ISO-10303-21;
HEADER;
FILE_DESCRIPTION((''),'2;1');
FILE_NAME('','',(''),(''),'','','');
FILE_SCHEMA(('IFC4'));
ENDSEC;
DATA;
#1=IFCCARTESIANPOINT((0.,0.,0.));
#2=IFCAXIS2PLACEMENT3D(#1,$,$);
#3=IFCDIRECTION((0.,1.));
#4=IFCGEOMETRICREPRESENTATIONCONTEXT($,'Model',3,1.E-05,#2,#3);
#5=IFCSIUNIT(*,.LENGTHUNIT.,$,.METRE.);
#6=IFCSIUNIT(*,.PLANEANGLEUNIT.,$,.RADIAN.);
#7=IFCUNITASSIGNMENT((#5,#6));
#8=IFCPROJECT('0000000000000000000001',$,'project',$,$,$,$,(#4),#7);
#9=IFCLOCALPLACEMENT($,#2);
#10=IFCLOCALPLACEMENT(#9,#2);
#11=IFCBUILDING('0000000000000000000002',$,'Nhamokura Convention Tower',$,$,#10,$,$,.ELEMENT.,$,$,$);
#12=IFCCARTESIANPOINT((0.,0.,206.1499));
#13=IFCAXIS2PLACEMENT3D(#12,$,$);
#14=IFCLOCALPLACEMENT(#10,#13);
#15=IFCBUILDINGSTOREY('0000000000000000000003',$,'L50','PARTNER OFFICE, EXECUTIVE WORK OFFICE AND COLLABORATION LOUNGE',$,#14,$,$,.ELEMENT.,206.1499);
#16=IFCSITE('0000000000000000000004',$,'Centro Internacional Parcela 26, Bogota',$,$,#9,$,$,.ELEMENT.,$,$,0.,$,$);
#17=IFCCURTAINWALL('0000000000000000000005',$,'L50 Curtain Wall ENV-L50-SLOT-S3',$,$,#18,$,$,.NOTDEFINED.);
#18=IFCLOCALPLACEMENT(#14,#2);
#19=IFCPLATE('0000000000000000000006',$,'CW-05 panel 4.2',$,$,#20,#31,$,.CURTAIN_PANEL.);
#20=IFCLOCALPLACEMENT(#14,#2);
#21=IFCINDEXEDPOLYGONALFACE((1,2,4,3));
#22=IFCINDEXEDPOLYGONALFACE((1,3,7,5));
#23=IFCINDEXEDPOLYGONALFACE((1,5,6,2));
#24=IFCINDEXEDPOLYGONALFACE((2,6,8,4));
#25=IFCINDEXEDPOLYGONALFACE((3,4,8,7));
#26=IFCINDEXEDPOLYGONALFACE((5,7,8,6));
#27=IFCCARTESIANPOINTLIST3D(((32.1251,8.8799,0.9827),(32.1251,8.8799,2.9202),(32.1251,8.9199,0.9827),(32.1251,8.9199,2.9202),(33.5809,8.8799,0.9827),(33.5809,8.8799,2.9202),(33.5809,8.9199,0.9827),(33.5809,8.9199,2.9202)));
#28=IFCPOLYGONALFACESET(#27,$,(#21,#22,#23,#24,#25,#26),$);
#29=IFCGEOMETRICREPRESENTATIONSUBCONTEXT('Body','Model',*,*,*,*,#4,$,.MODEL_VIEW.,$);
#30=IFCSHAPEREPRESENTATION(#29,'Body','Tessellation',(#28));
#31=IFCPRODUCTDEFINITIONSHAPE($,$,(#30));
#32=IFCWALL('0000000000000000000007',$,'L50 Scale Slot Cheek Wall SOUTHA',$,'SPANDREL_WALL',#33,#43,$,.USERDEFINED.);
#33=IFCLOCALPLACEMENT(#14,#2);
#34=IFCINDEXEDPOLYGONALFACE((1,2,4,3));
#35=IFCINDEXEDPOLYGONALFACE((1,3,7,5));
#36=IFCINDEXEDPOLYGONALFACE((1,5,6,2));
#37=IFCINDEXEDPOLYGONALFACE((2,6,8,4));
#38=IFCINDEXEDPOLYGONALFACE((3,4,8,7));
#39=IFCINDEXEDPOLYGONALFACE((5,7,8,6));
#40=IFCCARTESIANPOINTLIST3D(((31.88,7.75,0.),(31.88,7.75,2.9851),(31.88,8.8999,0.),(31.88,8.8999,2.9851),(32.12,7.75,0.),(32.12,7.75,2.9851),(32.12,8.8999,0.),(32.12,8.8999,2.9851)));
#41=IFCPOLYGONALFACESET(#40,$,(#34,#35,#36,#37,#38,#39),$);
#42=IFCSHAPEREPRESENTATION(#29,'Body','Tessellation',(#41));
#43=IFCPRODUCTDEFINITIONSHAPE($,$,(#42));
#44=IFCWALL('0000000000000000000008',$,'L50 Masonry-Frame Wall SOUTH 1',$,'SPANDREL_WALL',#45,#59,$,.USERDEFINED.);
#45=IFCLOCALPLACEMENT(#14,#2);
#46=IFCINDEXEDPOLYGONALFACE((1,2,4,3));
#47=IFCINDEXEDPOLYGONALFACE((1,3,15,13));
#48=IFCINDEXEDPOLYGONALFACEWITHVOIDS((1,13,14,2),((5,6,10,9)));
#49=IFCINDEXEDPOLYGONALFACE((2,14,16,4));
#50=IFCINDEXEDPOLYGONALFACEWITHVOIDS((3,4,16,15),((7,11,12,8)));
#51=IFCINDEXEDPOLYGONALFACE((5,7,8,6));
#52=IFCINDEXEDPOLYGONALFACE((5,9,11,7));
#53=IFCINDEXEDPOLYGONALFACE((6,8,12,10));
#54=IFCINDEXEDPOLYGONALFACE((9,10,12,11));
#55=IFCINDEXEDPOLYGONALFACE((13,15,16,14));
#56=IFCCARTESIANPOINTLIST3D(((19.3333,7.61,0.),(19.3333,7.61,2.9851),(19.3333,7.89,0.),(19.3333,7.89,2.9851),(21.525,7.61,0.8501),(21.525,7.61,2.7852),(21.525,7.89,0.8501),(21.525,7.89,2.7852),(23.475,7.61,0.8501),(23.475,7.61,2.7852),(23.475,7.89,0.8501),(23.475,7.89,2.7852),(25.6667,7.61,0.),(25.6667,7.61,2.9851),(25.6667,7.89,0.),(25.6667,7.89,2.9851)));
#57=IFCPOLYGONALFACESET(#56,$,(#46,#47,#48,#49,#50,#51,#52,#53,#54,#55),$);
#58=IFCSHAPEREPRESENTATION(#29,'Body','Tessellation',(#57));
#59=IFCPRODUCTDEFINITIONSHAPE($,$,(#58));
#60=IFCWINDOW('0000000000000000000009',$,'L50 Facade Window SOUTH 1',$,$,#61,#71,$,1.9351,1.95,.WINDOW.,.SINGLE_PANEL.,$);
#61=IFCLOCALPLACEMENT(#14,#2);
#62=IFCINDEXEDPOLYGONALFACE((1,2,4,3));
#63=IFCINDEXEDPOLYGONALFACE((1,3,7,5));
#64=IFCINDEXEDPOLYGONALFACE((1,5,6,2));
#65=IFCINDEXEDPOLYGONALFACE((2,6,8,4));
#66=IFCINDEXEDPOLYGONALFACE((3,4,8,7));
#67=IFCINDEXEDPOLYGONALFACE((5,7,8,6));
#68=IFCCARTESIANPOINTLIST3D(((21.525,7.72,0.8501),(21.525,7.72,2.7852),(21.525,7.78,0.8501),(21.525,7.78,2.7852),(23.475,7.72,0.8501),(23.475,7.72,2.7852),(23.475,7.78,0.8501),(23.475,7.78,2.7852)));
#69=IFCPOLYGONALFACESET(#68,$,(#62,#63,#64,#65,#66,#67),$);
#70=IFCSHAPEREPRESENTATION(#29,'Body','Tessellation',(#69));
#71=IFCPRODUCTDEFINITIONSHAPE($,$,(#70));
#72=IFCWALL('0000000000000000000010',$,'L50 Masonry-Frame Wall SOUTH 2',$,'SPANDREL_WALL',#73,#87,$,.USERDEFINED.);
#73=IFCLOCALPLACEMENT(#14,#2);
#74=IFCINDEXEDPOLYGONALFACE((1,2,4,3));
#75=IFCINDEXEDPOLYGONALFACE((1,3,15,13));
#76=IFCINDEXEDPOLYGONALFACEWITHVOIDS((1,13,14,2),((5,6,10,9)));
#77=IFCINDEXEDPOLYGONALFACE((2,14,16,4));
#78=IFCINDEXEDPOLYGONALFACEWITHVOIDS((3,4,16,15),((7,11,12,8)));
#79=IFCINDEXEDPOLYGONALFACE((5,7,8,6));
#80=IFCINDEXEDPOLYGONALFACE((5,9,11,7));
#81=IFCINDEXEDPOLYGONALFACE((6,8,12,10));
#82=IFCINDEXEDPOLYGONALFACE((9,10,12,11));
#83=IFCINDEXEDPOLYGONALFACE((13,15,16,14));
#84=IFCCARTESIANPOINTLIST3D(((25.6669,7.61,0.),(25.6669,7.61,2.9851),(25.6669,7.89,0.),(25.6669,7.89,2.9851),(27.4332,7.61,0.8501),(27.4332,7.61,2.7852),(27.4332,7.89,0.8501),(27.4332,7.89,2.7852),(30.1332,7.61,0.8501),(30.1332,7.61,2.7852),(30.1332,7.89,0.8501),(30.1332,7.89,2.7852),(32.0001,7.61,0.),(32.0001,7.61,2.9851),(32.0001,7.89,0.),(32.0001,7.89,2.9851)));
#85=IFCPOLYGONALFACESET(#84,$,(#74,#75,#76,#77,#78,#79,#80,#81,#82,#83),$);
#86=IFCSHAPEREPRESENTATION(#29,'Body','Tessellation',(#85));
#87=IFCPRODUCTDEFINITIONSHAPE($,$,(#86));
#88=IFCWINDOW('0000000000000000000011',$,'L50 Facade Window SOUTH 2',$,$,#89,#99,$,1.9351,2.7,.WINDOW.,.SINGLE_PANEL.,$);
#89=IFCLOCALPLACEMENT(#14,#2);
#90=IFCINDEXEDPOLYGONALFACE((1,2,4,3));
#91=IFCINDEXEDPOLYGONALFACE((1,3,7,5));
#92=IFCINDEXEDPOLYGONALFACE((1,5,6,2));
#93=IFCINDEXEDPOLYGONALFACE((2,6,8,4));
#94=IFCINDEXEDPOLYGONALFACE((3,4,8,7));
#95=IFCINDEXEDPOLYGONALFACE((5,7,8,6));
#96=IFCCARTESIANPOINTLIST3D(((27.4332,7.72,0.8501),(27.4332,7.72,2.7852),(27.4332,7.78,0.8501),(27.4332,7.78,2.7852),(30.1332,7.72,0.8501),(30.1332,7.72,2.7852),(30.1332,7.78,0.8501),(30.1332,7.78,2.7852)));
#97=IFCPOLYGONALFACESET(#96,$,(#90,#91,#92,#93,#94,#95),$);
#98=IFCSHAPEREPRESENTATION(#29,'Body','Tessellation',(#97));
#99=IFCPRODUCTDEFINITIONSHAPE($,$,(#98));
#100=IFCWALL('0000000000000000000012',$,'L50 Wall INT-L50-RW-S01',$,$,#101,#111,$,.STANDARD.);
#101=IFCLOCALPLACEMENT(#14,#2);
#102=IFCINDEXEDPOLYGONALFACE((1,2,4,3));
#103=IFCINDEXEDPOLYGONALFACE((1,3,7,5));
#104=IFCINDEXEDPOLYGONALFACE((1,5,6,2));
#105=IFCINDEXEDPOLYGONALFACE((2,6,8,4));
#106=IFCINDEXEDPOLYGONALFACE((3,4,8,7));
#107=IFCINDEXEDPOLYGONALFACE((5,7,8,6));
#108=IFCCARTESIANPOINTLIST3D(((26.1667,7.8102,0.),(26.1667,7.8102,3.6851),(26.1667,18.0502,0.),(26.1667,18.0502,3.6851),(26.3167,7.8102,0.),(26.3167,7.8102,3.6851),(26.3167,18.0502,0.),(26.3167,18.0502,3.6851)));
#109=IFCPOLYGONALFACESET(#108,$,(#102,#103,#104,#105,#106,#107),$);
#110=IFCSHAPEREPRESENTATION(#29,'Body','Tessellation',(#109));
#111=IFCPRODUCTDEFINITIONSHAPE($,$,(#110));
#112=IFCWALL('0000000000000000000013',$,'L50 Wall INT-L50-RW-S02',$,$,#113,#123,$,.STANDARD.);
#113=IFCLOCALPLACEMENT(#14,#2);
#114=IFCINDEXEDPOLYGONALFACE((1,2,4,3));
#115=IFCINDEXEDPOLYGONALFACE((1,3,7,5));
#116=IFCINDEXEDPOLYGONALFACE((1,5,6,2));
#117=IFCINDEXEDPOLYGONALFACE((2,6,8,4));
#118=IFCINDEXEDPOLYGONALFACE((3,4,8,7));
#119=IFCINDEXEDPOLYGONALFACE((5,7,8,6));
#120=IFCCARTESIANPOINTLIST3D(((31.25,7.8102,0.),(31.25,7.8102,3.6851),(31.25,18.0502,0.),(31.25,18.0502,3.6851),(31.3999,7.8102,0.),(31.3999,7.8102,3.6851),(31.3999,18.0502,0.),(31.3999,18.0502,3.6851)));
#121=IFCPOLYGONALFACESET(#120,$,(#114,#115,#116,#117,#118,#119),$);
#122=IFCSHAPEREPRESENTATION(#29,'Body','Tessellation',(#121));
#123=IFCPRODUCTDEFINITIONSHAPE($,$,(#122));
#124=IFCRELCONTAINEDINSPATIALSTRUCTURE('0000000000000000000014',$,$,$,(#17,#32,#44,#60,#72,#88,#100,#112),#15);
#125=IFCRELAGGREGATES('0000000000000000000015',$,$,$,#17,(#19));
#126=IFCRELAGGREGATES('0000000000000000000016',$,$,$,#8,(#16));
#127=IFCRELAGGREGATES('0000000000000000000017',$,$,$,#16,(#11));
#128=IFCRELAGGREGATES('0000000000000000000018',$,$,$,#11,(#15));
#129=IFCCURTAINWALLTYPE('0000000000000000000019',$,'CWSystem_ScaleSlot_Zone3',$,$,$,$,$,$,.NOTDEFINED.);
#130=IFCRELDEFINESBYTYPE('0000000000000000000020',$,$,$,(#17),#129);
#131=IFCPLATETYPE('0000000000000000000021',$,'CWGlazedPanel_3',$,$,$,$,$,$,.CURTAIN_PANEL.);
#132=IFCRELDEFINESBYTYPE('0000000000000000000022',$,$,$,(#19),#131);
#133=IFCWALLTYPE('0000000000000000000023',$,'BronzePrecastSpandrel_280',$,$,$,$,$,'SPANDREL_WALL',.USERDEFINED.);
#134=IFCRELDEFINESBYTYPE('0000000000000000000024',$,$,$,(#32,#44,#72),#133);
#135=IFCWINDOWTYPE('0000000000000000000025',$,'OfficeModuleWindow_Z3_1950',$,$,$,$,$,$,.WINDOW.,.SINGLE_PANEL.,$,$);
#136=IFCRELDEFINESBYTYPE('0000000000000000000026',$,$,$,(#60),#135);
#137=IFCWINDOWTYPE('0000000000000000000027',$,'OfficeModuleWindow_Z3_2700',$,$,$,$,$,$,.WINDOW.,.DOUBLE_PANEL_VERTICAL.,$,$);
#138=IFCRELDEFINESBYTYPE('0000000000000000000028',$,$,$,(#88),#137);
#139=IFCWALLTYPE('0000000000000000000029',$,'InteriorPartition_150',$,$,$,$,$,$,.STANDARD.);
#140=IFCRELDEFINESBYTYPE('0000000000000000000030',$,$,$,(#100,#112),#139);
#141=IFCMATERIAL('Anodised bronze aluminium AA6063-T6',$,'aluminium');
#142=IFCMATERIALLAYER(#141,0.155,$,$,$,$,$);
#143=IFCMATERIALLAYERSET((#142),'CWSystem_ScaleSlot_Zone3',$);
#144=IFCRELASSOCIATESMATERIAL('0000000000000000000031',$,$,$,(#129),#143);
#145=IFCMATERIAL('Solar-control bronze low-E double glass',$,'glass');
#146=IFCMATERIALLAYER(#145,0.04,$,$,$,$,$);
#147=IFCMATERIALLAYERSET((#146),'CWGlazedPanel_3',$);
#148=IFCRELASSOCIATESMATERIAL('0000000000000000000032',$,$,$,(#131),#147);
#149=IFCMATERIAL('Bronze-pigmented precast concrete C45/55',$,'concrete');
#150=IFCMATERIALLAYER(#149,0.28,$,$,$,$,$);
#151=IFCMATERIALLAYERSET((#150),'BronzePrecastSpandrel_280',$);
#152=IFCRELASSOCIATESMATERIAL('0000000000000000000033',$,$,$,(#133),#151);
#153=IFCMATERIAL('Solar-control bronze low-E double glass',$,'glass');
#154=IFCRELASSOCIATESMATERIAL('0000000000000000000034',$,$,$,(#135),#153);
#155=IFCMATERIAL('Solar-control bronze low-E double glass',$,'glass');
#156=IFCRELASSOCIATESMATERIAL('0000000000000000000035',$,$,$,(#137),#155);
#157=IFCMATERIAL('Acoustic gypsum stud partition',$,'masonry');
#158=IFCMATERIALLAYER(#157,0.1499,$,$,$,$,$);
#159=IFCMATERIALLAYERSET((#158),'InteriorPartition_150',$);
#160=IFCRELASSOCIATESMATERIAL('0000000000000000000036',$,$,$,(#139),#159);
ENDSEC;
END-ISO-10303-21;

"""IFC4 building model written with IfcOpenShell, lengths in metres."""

from ifc_helpers import new_model, si_unit, direction, frame, frame_2d, origin, origin_2d, place, context, subcontext, project, spatial, rectangle, extrude, material, layer, layer_set, type_object, element, fill, aggregate, save


model = new_model("IFC4")

# Units and contexts
model_context = context("Model", 3, precision=1e-05, world=origin(), true_north=direction((0.0, 1.0)))
body_context = subcontext(model_context, "Body", "Model", "MODEL_VIEW")
ifc_project = project(units=[si_unit("LENGTHUNIT", "METRE"), si_unit("PLANEANGLEUNIT", "RADIAN")], contexts=[model_context])

# Site, building, storey
site_placement = place(None, origin())
site = spatial("IfcSite", under=ifc_project, at=site_placement, Name="Centro Internacional Parcela 26, Bogota", CompositionType="ELEMENT", RefElevation=0.0)
building_placement = place(site_placement, origin())
building = spatial("IfcBuilding", under=site, at=building_placement, Name="Nhamokura Convention Tower", CompositionType="ELEMENT")
storey_placement = place(building_placement, frame((0.0, 0.0, 206.1499)))
storey = spatial("IfcBuildingStorey", under=building, at=storey_placement, Name="L50", Description="PARTNER OFFICE, EXECUTIVE WORK OFFICE AND COLLABORATION LOUNGE", CompositionType="ELEMENT", Elevation=206.1499)

# Curtain wall
ifc_material_1 = material(Name="Anodised bronze aluminium AA6063-T6", Category="aluminium")
ifc_layer_1 = layer(ifc_material_1, 0.155)
ifc_layer_set_1 = layer_set([ifc_layer_1], Name="CWSystem_ScaleSlot_Zone3")
curtain_wall_type = type_object("IfcCurtainWallType", Name="CWSystem_ScaleSlot_Zone3", PredefinedType="NOTDEFINED", material=ifc_layer_set_1)
curtain_wall_placement = place(storey_placement, origin())
curtain_wall = element("IfcCurtainWall", 1, at=curtain_wall_placement, inside=storey, type_object=curtain_wall_type, Name="L50 Curtain Wall ENV-L50-SLOT-S3", PredefinedType="NOTDEFINED")

# Plate
ifc_material_2 = material(Name="Solar-control bronze low-E double glass", Category="glass")
ifc_layer_2 = layer(ifc_material_2, 0.04)
ifc_layer_set_2 = layer_set([ifc_layer_2], Name="CWGlazedPanel_3")
plate_type = type_object("IfcPlateType", Name="CWGlazedPanel_3", PredefinedType="CURTAIN_PANEL", material=ifc_layer_set_2)
plate_1_placement = place(storey_placement, frame((32.853, 8.8999, 0.9827), z_axis=(0.0, 0.0, 1.0), x_axis=(-1.0, 0.0, 0.0)))
plate_1 = element("IfcPlate", 2, at=plate_1_placement, type_object=plate_type, Name="CW-05 panel 4.2", PredefinedType="CURTAIN_PANEL", context=body_context, shape_type="SweptSolid", body=[
    extrude(rectangle(XDim=1.4558, YDim=0.04, at=origin_2d()), origin(), (0.0, 0.0, 1.0), 1.9375),
])
aggregate(curtain_wall, [plate_1])

# Wall
ifc_material_3 = material(Name="Bronze-pigmented precast concrete C45/55", Category="concrete")
ifc_layer_3 = layer(ifc_material_3, 0.28)
ifc_layer_set_3 = layer_set([ifc_layer_3], Name="BronzePrecastSpandrel_280")
wall_type_1 = type_object("IfcWallType", Name="BronzePrecastSpandrel_280", ElementType="SPANDREL_WALL", PredefinedType="USERDEFINED", material=ifc_layer_set_3)
wall_1_placement = place(storey_placement, frame((32.0, 7.75, 0.0), z_axis=(0.0, 0.0, 1.0), x_axis=(0.0, 1.0, 0.0)))
element("IfcWall", 3, at=wall_1_placement, inside=storey, type_object=wall_type_1, Name="L50 Scale Slot Cheek Wall SOUTHA", ObjectType="SPANDREL_WALL", PredefinedType="USERDEFINED", context=body_context, shape_type="SweptSolid", body=[
    extrude(rectangle(XDim=1.1499, YDim=0.24, at=frame_2d((0.575, 0.0))), origin(), (0.0, 0.0, 1.0), 2.9851),
])

# Walls, openings, windows
wall_2_placement = place(storey_placement, frame((25.6667, 7.75, 0.0), z_axis=(0.0, 0.0, 1.0), x_axis=(-1.0, 0.0, 0.0)))
wall_2 = element("IfcWall", 4, at=wall_2_placement, inside=storey, type_object=wall_type_1, Name="L50 Masonry-Frame Wall SOUTH 1", ObjectType="SPANDREL_WALL", PredefinedType="USERDEFINED", context=body_context, shape_type="SweptSolid", body=[
    extrude(rectangle(XDim=6.3335, YDim=0.28, at=frame_2d((3.1667, 0.0))), origin(), (0.0, 0.0, 1.0), 2.9851),
])
opening_1_placement = place(wall_2_placement, frame((2.1917, 0.0, 0.8501)))
opening_1 = element("IfcOpeningElement", 5, at=opening_1_placement, cuts=wall_2, PredefinedType="OPENING", context=body_context, shape_type="SweptSolid", body=[
    extrude(rectangle(XDim=1.95, YDim=1.9351, at=frame_2d((0.9751, 0.9675))), frame((0.0, 0.1499, 0.0), z_axis=(0.0, -1.0, 0.0), x_axis=(1.0, 0.0, 0.0)), (0.0, 0.0, 1.0), 0.3),
])
ifc_material_4 = material(Name="Solar-control bronze low-E double glass", Category="glass")
window_type_1 = type_object("IfcWindowType", Name="OfficeModuleWindow_Z3_1950", PartitioningType="SINGLE_PANEL", PredefinedType="WINDOW", material=ifc_material_4)
window_1_placement = place(opening_1_placement, origin())
window_1 = element("IfcWindow", 6, at=window_1_placement, inside=storey, type_object=window_type_1, Name="L50 Facade Window SOUTH 1", OverallHeight=1.9351, OverallWidth=1.95, PartitioningType="SINGLE_PANEL", PredefinedType="WINDOW", context=body_context, shape_type="SweptSolid", body=[
    extrude(rectangle(XDim=1.95, YDim=1.9351, at=frame_2d((0.9751, 0.9675))), frame((0.0, 0.03, 0.0), z_axis=(0.0, -1.0, 0.0), x_axis=(1.0, 0.0, 0.0)), (0.0, 0.0, 1.0), 0.0601),
])
fill(opening_1, window_1)
wall_3_placement = place(storey_placement, frame((32.0, 7.75, 0.0), z_axis=(0.0, 0.0, 1.0), x_axis=(-1.0, 0.0, 0.0)))
wall_3 = element("IfcWall", 7, at=wall_3_placement, inside=storey, type_object=wall_type_1, Name="L50 Masonry-Frame Wall SOUTH 2", ObjectType="SPANDREL_WALL", PredefinedType="USERDEFINED", context=body_context, shape_type="SweptSolid", body=[
    extrude(rectangle(XDim=6.3333, YDim=0.28, at=frame_2d((3.1665, 0.0))), origin(), (0.0, 0.0, 1.0), 2.9851),
])
opening_2_placement = place(wall_3_placement, frame((1.8667, 0.0, 0.8501)))
opening_2 = element("IfcOpeningElement", 8, at=opening_2_placement, cuts=wall_3, PredefinedType="OPENING", context=body_context, shape_type="SweptSolid", body=[
    extrude(rectangle(XDim=2.7, YDim=1.9351, at=frame_2d((1.3501, 0.9675))), frame((0.0, 0.1499, 0.0), z_axis=(0.0, -1.0, 0.0), x_axis=(1.0, 0.0, 0.0)), (0.0, 0.0, 1.0), 0.3),
])
ifc_material_5 = material(Name="Solar-control bronze low-E double glass", Category="glass")
window_type_2 = type_object("IfcWindowType", Name="OfficeModuleWindow_Z3_2700", PartitioningType="DOUBLE_PANEL_VERTICAL", PredefinedType="WINDOW", material=ifc_material_5)
window_2_placement = place(opening_2_placement, origin())
window_2 = element("IfcWindow", 9, at=window_2_placement, inside=storey, type_object=window_type_2, Name="L50 Facade Window SOUTH 2", OverallHeight=1.9351, OverallWidth=2.7, PartitioningType="SINGLE_PANEL", PredefinedType="WINDOW", context=body_context, shape_type="SweptSolid", body=[
    extrude(rectangle(XDim=2.7, YDim=1.9351, at=frame_2d((1.3501, 0.9675))), frame((0.0, 0.03, 0.0), z_axis=(0.0, -1.0, 0.0), x_axis=(1.0, 0.0, 0.0)), (0.0, 0.0, 1.0), 0.0601),
])
fill(opening_2, window_2)

# Walls
ifc_material_6 = material(Name="Acoustic gypsum stud partition", Category="masonry")
ifc_layer_4 = layer(ifc_material_6, 0.1499)
ifc_layer_set_4 = layer_set([ifc_layer_4], Name="InteriorPartition_150")
wall_type_2 = type_object("IfcWallType", Name="InteriorPartition_150", PredefinedType="STANDARD", material=ifc_layer_set_4)
for number, where, z_axis, x_axis, name in (
    (10, (26.2417, 7.8101, 0.0), (0.0, 0.0, 1.0), (0.0, 1.0, 0.0), "L50 Wall INT-L50-RW-S01"),
    (11, (31.325, 7.8101, 0.0), (0.0, 0.0, 1.0), (0.0, 1.0, 0.0), "L50 Wall INT-L50-RW-S02"),
):
    element("IfcWall", number, at=place(storey_placement, frame(where, z_axis=z_axis, x_axis=x_axis)), inside=storey, type_object=wall_type_2, Name=name, PredefinedType="STANDARD", context=body_context, shape_type="SweptSolid", body=[
        extrude(rectangle(XDim=10.24, YDim=0.1499, at=frame_2d((5.1201, 0.0))), origin(), (0.0, 0.0, 1.0), 3.6851),
    ])

save(model, "model.ifc")
